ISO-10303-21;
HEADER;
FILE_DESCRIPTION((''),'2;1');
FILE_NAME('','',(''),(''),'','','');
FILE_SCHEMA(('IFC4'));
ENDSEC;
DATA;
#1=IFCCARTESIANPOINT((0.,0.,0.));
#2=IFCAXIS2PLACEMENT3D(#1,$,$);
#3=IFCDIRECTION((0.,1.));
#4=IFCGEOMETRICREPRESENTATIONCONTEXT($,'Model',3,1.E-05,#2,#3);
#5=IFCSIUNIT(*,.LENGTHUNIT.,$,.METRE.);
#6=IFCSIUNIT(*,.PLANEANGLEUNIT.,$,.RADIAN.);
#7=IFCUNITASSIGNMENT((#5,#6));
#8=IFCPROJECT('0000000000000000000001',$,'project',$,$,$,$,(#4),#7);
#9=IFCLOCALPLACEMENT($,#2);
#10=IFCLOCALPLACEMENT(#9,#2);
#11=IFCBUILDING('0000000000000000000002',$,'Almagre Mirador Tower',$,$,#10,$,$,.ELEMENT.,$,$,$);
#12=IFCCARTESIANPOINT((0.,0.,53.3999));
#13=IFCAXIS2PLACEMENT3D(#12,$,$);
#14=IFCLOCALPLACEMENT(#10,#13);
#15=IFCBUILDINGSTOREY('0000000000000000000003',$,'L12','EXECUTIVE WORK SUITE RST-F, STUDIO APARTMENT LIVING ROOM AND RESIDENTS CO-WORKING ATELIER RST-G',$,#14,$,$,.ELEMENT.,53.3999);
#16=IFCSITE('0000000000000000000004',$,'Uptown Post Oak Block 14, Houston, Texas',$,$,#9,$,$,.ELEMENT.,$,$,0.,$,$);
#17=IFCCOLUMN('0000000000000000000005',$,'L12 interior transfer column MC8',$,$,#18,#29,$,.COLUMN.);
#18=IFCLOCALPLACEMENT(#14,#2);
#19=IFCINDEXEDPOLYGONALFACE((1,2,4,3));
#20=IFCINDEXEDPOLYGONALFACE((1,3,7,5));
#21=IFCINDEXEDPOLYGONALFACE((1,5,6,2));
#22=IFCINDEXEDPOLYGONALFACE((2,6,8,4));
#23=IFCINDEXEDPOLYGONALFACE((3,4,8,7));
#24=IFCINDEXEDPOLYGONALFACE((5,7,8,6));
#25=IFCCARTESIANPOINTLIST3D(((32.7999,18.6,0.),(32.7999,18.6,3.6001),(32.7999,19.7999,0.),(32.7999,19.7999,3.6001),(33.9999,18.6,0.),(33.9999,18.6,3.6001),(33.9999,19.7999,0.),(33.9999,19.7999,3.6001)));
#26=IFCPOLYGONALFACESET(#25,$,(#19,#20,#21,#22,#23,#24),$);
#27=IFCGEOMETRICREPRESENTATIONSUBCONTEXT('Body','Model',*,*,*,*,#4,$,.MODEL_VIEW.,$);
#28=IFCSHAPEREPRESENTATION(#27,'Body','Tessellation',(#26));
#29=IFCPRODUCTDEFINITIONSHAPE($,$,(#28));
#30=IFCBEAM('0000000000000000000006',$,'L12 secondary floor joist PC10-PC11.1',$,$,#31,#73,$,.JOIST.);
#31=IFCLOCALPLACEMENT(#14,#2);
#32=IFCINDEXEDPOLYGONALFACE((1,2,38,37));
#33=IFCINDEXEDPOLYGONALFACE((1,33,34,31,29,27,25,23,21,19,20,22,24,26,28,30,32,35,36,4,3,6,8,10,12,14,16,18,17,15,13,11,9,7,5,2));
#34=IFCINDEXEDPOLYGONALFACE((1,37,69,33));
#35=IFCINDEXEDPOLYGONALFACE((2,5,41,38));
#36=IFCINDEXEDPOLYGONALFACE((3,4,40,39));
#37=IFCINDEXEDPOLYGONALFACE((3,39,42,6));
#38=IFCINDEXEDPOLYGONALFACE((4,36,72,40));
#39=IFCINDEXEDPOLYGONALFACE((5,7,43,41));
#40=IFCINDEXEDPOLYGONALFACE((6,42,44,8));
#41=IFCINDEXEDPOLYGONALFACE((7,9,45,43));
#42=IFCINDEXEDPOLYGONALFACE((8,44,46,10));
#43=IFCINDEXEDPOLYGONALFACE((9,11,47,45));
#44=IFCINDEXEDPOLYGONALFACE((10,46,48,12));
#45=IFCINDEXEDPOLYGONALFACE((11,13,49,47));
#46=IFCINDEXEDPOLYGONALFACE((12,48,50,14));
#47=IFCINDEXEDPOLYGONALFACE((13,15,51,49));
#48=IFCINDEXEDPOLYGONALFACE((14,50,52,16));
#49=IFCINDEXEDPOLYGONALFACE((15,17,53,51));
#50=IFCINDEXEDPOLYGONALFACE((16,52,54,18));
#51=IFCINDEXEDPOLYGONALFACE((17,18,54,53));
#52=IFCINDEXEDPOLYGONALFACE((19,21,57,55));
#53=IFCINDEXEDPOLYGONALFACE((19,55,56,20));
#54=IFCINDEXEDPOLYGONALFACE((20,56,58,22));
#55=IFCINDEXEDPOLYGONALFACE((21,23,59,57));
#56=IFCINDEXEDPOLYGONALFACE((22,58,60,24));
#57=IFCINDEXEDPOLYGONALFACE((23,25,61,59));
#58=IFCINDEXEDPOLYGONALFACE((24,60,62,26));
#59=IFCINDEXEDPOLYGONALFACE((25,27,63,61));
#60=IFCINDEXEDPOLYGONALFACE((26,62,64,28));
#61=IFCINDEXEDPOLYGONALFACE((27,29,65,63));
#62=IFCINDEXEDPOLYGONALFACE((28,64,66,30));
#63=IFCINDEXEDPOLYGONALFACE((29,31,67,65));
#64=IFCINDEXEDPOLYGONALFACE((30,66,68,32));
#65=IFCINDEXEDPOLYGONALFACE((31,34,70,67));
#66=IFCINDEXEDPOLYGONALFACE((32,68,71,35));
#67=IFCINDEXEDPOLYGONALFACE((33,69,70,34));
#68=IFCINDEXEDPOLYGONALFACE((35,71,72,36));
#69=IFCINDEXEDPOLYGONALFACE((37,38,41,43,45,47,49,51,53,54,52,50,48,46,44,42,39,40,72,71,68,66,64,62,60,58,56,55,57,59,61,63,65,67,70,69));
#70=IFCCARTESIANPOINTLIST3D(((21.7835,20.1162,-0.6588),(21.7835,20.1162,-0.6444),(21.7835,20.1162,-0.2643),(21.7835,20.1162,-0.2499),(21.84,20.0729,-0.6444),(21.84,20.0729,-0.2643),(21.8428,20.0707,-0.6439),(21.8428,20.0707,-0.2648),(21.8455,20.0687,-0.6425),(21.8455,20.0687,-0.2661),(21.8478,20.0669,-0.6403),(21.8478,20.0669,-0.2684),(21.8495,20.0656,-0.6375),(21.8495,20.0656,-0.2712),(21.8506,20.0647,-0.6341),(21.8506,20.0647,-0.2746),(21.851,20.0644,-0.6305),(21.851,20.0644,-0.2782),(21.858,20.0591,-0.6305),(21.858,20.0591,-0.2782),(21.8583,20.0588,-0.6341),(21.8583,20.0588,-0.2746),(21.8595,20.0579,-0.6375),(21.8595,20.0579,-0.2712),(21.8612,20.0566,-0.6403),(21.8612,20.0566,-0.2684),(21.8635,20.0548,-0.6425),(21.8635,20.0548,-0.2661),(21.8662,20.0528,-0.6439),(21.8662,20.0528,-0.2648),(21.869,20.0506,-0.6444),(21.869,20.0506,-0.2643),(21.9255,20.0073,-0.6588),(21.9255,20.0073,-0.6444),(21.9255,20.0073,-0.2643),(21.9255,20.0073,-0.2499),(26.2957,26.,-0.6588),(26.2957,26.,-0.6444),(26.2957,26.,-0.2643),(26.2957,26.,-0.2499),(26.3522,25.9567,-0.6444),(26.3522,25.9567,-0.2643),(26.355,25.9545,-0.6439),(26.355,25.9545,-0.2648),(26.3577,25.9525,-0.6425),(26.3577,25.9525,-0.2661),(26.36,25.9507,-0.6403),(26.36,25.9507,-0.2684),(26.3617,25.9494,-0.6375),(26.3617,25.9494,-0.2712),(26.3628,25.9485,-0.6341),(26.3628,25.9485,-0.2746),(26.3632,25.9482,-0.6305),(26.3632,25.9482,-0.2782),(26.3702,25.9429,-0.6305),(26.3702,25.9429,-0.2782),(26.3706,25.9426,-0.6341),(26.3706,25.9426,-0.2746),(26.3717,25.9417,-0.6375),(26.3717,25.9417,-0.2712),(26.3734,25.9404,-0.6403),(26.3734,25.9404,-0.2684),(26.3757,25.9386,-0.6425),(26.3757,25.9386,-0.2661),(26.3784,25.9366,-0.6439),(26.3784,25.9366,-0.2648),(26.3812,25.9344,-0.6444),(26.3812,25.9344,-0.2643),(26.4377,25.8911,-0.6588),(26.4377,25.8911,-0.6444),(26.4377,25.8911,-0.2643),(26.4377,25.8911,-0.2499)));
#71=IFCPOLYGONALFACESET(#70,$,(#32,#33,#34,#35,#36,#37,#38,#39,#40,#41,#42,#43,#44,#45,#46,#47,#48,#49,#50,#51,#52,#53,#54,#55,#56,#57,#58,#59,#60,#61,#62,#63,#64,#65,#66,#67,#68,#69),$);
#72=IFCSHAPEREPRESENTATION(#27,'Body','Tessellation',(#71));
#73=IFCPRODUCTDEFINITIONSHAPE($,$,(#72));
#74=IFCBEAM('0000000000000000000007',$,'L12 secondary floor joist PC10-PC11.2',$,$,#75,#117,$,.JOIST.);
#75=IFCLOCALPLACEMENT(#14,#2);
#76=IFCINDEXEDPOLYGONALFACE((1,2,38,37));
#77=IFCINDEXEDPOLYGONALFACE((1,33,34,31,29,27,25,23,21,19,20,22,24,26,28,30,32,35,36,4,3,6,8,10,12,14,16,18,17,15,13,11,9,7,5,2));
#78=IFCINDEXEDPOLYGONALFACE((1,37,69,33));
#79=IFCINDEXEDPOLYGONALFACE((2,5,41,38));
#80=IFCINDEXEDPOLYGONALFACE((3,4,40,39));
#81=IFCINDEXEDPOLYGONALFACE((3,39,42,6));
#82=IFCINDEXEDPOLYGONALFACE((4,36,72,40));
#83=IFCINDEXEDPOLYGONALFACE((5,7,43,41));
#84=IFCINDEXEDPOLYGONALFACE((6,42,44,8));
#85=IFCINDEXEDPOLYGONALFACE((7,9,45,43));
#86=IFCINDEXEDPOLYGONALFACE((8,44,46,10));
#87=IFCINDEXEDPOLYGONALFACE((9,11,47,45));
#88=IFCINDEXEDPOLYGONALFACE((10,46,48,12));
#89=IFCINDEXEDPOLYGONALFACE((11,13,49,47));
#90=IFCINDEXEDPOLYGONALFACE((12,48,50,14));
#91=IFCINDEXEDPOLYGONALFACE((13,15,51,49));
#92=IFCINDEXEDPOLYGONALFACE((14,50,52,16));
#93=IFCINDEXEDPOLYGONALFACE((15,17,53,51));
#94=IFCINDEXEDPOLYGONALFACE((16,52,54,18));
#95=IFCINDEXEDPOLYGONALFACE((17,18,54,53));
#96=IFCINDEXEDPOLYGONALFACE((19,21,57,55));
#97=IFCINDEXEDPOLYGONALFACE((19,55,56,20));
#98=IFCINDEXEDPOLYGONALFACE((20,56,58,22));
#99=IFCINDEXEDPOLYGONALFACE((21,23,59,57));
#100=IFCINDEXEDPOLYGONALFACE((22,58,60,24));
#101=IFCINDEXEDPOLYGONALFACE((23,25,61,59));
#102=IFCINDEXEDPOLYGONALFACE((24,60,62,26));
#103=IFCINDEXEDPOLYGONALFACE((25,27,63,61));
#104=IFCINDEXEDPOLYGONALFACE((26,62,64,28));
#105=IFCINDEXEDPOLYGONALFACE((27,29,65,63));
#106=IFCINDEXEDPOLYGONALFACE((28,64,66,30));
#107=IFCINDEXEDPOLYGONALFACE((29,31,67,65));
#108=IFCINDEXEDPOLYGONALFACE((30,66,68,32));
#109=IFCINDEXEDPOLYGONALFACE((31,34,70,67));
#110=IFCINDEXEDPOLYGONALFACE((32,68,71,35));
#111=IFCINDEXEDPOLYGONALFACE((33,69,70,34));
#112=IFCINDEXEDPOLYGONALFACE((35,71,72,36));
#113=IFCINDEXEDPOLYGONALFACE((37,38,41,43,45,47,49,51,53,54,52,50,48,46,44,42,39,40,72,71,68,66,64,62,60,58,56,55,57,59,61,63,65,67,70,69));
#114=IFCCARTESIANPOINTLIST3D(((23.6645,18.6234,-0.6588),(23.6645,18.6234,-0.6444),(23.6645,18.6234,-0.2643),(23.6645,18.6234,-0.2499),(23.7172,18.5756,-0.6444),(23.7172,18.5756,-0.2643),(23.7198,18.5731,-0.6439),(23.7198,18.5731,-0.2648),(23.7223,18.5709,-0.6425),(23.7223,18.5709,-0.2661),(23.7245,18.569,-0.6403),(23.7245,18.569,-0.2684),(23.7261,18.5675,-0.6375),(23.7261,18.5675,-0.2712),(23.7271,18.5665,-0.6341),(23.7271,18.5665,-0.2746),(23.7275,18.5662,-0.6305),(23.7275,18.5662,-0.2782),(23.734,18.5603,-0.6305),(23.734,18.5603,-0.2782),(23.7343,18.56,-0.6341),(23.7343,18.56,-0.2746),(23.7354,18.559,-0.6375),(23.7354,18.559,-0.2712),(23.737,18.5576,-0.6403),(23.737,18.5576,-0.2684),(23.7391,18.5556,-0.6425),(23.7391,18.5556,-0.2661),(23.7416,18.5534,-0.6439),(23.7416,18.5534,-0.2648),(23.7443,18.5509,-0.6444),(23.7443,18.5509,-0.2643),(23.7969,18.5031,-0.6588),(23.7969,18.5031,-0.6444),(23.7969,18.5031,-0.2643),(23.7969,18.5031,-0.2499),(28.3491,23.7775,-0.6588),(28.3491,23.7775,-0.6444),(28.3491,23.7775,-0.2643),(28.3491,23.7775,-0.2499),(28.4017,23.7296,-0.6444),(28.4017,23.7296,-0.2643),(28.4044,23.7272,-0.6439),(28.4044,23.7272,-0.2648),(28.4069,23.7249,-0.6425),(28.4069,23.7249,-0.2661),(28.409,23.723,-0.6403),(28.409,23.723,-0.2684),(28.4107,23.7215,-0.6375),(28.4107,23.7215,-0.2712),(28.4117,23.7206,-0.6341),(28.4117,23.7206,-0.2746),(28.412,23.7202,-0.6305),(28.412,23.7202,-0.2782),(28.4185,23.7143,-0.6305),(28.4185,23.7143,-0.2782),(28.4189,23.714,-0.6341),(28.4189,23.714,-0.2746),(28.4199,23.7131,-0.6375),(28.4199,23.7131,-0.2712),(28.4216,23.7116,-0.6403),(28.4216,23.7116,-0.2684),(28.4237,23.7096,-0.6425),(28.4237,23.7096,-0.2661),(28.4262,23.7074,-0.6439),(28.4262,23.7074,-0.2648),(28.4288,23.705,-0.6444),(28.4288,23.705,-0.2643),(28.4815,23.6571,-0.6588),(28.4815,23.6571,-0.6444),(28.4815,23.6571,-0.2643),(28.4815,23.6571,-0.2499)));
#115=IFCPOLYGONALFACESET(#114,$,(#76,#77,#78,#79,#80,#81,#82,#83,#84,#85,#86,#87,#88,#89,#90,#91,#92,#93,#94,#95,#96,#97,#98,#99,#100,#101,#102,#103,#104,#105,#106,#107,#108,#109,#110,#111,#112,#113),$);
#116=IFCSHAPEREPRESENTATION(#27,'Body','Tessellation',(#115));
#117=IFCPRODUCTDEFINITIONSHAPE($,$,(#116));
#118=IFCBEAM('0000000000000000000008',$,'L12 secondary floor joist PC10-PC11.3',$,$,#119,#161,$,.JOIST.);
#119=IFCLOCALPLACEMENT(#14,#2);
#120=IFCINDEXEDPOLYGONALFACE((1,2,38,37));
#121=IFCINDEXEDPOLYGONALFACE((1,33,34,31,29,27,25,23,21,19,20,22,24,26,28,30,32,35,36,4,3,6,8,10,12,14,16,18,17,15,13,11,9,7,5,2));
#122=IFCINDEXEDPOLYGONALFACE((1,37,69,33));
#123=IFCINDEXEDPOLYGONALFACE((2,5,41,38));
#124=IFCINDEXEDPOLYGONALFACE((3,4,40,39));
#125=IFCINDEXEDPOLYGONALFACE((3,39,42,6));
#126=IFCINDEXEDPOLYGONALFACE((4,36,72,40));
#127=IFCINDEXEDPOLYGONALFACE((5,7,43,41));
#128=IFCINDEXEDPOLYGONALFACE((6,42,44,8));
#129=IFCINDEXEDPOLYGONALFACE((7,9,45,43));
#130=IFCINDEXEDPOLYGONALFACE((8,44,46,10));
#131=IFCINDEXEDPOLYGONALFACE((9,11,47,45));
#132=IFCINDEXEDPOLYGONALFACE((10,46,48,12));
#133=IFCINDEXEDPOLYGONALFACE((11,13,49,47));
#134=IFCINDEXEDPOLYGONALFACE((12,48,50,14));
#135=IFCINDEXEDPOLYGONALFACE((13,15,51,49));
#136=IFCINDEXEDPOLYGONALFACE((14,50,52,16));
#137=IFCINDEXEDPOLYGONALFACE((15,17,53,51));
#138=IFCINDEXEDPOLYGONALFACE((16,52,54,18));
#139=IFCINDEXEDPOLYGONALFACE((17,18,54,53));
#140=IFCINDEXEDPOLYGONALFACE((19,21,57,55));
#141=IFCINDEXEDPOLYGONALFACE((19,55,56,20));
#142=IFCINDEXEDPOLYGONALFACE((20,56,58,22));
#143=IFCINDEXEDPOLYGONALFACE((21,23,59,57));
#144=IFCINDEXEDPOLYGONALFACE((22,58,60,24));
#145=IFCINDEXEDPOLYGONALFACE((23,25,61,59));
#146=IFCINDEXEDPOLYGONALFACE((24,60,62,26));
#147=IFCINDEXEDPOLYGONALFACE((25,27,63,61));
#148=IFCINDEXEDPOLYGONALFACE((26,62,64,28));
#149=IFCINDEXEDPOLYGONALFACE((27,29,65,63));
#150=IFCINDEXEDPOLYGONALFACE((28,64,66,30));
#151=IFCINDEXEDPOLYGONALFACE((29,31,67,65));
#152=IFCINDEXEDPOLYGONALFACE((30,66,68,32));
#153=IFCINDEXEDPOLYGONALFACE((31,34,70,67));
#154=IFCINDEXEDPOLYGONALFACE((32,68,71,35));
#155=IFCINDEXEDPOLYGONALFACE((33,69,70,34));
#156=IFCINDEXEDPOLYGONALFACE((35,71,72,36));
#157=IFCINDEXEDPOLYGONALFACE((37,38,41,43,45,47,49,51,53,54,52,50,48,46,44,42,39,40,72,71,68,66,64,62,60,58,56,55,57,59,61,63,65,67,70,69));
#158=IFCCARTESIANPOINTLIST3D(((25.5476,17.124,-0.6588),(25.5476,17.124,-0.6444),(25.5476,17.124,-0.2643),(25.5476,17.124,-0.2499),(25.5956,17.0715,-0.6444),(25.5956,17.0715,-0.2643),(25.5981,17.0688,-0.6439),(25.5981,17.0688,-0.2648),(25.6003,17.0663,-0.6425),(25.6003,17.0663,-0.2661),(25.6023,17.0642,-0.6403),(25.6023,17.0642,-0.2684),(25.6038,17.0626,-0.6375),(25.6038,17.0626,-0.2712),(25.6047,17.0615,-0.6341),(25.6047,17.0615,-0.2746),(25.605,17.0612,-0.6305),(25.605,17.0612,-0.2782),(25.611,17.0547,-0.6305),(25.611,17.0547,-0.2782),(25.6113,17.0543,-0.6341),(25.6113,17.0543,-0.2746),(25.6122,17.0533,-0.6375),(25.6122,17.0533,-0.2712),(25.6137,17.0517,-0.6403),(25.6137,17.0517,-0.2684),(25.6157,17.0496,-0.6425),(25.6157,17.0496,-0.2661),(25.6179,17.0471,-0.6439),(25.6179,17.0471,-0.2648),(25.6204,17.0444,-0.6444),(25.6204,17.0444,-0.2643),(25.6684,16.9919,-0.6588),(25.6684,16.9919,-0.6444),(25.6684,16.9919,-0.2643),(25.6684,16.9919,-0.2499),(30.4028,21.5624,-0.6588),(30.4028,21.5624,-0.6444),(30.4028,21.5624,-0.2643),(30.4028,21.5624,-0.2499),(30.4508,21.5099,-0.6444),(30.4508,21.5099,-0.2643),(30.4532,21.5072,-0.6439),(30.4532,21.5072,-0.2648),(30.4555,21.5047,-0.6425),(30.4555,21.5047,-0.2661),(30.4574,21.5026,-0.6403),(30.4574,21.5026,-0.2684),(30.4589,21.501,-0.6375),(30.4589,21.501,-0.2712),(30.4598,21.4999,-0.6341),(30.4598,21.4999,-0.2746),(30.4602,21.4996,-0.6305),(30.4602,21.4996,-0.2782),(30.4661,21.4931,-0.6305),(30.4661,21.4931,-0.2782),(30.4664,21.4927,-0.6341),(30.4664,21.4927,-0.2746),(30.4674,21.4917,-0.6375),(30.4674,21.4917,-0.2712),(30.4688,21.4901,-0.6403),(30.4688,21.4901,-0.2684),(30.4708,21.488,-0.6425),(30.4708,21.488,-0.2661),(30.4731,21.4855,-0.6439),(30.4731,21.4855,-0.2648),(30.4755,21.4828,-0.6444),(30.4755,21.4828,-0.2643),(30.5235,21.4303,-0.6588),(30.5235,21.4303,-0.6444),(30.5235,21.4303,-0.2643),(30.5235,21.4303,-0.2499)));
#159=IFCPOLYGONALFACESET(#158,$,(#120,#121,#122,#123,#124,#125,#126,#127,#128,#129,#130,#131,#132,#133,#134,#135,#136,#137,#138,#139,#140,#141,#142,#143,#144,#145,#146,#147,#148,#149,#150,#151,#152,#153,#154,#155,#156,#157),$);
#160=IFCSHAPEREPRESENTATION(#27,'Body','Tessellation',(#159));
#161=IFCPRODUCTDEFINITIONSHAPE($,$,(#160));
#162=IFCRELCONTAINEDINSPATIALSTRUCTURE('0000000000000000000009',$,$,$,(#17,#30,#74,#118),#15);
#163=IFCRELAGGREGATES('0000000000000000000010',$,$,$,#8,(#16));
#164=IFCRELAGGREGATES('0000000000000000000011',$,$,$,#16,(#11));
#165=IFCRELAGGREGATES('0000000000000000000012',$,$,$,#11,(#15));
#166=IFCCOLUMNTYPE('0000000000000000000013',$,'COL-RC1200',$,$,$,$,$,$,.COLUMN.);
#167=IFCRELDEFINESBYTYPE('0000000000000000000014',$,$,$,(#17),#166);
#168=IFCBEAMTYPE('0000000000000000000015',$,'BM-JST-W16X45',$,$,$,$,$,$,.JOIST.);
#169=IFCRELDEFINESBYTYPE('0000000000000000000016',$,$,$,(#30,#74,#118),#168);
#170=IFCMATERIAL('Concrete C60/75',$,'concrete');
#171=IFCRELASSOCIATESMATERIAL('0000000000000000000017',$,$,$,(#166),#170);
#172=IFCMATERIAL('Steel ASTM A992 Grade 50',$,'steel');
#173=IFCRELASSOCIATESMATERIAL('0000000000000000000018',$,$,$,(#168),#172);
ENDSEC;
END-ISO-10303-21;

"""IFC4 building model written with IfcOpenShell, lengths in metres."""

from ifc_helpers import new_model, si_unit, direction, frame, origin, origin_2d, place, context, subcontext, project, spatial, rectangle, i_section, extrude, material, material_profile, profile_set, type_object, element, save


model = new_model("IFC4")

# Units and contexts
model_context = context("Model", 3, precision=1e-05, world=origin(), true_north=direction((0.0, 1.0)))
body_context = subcontext(model_context, "Body", "Model", "MODEL_VIEW")
ifc_project = project(units=[si_unit("LENGTHUNIT", "METRE"), si_unit("PLANEANGLEUNIT", "RADIAN")], contexts=[model_context])

# Site, building, storey
site_placement = place(None, origin())
site = spatial("IfcSite", under=ifc_project, at=site_placement, Name="Uptown Post Oak Block 14, Houston, Texas", CompositionType="ELEMENT", RefElevation=0.0)
building_placement = place(site_placement, origin())
building = spatial("IfcBuilding", under=site, at=building_placement, Name="Almagre Mirador Tower", CompositionType="ELEMENT")
storey_placement = place(building_placement, frame((0.0, 0.0, 53.3999)))
storey = spatial("IfcBuildingStorey", under=building, at=storey_placement, Name="L12", Description="EXECUTIVE WORK SUITE RST-F, STUDIO APARTMENT LIVING ROOM AND RESIDENTS CO-WORKING ATELIER RST-G", CompositionType="ELEMENT", Elevation=53.3999)

# Column
ifc_material_1 = material(Name="Concrete C60/75", Category="concrete")
ifc_material_profile_1 = material_profile(ifc_material_1, rectangle(XDim=1.2, YDim=1.2, at=origin_2d()), Name="RC1200X1200")
ifc_profile_set_1 = profile_set([ifc_material_profile_1], Name="Concrete C60/75")
column_type = type_object("IfcColumnType", Name="COL-RC1200", PredefinedType="COLUMN", material=ifc_profile_set_1)
column_placement = place(storey_placement, frame((33.3999, 19.2, 0.0), z_axis=(0.0, 0.0, 1.0), x_axis=(1.0, 0.0, 0.0)))
element("IfcColumn", 1, at=column_placement, inside=storey, type_object=column_type, Name="L12 interior transfer column MC8", PredefinedType="COLUMN", context=body_context, shape_type="SweptSolid", body=[
    extrude(rectangle(XDim=1.2, YDim=1.2, at=origin_2d()), origin(), (0.0, 0.0, 1.0), 3.6001),
])

# Beams
ifc_material_2 = material(Name="Steel ASTM A992 Grade 50", Category="steel")
ifc_material_profile_2 = material_profile(ifc_material_2, i_section(OverallWidth=0.179, OverallDepth=0.4089, WebThickness=0.0088, FlangeThickness=0.0144, FilletRadius=0.0139, at=origin_2d()), Name="W16X45")
ifc_profile_set_2 = profile_set([ifc_material_profile_2], Name="Steel ASTM A992 Grade 50")
beam_type_1 = type_object("IfcBeamType", Name="BM-JST-W16X45", PredefinedType="JOIST", material=ifc_profile_set_2)
beam_1_placement = place(storey_placement, frame((26.3667, 25.9456, -0.4543), z_axis=(-0.608542, -0.793522, 0.0), x_axis=(0.793522, -0.608542, 0.0)))
element("IfcBeam", 2, at=beam_1_placement, inside=storey, type_object=beam_type_1, Name="L12 secondary floor joist PC10-PC11.1", PredefinedType="JOIST", context=body_context, shape_type="SweptSolid", body=[
    extrude(i_section(OverallWidth=0.179, OverallDepth=0.4089, WebThickness=0.0088, FlangeThickness=0.0144, FilletRadius=0.0139, at=origin_2d()), origin(), (0.0, 0.0, 1.0), 7.4148),
])
beam_2_placement = place(storey_placement, frame((28.4153, 23.7173, -0.4543), z_axis=(-0.6726, -0.740007, 0.0), x_axis=(0.740007, -0.6726, 0.0)))
element("IfcBeam", 3, at=beam_2_placement, inside=storey, type_object=beam_type_1, Name="L12 secondary floor joist PC10-PC11.2", PredefinedType="JOIST", context=body_context, shape_type="SweptSolid", body=[
    extrude(i_section(OverallWidth=0.179, OverallDepth=0.4089, WebThickness=0.0088, FlangeThickness=0.0144, FilletRadius=0.0139, at=origin_2d()), origin(), (0.0, 0.0, 1.0), 6.9648),
])
beam_3_placement = place(storey_placement, frame((30.4631, 21.4963, -0.4543), z_axis=(-0.738073, -0.674721, 0.0), x_axis=(0.674721, -0.738073, 0.0)))
element("IfcBeam", 4, at=beam_3_placement, inside=storey, type_object=beam_type_1, Name="L12 secondary floor joist PC10-PC11.3", PredefinedType="JOIST", context=body_context, shape_type="SweptSolid", body=[
    extrude(i_section(OverallWidth=0.179, OverallDepth=0.4089, WebThickness=0.0088, FlangeThickness=0.0144, FilletRadius=0.0139, at=origin_2d()), origin(), (0.0, 0.0, 1.0), 6.5781),
])

save(model, "model.ifc")
